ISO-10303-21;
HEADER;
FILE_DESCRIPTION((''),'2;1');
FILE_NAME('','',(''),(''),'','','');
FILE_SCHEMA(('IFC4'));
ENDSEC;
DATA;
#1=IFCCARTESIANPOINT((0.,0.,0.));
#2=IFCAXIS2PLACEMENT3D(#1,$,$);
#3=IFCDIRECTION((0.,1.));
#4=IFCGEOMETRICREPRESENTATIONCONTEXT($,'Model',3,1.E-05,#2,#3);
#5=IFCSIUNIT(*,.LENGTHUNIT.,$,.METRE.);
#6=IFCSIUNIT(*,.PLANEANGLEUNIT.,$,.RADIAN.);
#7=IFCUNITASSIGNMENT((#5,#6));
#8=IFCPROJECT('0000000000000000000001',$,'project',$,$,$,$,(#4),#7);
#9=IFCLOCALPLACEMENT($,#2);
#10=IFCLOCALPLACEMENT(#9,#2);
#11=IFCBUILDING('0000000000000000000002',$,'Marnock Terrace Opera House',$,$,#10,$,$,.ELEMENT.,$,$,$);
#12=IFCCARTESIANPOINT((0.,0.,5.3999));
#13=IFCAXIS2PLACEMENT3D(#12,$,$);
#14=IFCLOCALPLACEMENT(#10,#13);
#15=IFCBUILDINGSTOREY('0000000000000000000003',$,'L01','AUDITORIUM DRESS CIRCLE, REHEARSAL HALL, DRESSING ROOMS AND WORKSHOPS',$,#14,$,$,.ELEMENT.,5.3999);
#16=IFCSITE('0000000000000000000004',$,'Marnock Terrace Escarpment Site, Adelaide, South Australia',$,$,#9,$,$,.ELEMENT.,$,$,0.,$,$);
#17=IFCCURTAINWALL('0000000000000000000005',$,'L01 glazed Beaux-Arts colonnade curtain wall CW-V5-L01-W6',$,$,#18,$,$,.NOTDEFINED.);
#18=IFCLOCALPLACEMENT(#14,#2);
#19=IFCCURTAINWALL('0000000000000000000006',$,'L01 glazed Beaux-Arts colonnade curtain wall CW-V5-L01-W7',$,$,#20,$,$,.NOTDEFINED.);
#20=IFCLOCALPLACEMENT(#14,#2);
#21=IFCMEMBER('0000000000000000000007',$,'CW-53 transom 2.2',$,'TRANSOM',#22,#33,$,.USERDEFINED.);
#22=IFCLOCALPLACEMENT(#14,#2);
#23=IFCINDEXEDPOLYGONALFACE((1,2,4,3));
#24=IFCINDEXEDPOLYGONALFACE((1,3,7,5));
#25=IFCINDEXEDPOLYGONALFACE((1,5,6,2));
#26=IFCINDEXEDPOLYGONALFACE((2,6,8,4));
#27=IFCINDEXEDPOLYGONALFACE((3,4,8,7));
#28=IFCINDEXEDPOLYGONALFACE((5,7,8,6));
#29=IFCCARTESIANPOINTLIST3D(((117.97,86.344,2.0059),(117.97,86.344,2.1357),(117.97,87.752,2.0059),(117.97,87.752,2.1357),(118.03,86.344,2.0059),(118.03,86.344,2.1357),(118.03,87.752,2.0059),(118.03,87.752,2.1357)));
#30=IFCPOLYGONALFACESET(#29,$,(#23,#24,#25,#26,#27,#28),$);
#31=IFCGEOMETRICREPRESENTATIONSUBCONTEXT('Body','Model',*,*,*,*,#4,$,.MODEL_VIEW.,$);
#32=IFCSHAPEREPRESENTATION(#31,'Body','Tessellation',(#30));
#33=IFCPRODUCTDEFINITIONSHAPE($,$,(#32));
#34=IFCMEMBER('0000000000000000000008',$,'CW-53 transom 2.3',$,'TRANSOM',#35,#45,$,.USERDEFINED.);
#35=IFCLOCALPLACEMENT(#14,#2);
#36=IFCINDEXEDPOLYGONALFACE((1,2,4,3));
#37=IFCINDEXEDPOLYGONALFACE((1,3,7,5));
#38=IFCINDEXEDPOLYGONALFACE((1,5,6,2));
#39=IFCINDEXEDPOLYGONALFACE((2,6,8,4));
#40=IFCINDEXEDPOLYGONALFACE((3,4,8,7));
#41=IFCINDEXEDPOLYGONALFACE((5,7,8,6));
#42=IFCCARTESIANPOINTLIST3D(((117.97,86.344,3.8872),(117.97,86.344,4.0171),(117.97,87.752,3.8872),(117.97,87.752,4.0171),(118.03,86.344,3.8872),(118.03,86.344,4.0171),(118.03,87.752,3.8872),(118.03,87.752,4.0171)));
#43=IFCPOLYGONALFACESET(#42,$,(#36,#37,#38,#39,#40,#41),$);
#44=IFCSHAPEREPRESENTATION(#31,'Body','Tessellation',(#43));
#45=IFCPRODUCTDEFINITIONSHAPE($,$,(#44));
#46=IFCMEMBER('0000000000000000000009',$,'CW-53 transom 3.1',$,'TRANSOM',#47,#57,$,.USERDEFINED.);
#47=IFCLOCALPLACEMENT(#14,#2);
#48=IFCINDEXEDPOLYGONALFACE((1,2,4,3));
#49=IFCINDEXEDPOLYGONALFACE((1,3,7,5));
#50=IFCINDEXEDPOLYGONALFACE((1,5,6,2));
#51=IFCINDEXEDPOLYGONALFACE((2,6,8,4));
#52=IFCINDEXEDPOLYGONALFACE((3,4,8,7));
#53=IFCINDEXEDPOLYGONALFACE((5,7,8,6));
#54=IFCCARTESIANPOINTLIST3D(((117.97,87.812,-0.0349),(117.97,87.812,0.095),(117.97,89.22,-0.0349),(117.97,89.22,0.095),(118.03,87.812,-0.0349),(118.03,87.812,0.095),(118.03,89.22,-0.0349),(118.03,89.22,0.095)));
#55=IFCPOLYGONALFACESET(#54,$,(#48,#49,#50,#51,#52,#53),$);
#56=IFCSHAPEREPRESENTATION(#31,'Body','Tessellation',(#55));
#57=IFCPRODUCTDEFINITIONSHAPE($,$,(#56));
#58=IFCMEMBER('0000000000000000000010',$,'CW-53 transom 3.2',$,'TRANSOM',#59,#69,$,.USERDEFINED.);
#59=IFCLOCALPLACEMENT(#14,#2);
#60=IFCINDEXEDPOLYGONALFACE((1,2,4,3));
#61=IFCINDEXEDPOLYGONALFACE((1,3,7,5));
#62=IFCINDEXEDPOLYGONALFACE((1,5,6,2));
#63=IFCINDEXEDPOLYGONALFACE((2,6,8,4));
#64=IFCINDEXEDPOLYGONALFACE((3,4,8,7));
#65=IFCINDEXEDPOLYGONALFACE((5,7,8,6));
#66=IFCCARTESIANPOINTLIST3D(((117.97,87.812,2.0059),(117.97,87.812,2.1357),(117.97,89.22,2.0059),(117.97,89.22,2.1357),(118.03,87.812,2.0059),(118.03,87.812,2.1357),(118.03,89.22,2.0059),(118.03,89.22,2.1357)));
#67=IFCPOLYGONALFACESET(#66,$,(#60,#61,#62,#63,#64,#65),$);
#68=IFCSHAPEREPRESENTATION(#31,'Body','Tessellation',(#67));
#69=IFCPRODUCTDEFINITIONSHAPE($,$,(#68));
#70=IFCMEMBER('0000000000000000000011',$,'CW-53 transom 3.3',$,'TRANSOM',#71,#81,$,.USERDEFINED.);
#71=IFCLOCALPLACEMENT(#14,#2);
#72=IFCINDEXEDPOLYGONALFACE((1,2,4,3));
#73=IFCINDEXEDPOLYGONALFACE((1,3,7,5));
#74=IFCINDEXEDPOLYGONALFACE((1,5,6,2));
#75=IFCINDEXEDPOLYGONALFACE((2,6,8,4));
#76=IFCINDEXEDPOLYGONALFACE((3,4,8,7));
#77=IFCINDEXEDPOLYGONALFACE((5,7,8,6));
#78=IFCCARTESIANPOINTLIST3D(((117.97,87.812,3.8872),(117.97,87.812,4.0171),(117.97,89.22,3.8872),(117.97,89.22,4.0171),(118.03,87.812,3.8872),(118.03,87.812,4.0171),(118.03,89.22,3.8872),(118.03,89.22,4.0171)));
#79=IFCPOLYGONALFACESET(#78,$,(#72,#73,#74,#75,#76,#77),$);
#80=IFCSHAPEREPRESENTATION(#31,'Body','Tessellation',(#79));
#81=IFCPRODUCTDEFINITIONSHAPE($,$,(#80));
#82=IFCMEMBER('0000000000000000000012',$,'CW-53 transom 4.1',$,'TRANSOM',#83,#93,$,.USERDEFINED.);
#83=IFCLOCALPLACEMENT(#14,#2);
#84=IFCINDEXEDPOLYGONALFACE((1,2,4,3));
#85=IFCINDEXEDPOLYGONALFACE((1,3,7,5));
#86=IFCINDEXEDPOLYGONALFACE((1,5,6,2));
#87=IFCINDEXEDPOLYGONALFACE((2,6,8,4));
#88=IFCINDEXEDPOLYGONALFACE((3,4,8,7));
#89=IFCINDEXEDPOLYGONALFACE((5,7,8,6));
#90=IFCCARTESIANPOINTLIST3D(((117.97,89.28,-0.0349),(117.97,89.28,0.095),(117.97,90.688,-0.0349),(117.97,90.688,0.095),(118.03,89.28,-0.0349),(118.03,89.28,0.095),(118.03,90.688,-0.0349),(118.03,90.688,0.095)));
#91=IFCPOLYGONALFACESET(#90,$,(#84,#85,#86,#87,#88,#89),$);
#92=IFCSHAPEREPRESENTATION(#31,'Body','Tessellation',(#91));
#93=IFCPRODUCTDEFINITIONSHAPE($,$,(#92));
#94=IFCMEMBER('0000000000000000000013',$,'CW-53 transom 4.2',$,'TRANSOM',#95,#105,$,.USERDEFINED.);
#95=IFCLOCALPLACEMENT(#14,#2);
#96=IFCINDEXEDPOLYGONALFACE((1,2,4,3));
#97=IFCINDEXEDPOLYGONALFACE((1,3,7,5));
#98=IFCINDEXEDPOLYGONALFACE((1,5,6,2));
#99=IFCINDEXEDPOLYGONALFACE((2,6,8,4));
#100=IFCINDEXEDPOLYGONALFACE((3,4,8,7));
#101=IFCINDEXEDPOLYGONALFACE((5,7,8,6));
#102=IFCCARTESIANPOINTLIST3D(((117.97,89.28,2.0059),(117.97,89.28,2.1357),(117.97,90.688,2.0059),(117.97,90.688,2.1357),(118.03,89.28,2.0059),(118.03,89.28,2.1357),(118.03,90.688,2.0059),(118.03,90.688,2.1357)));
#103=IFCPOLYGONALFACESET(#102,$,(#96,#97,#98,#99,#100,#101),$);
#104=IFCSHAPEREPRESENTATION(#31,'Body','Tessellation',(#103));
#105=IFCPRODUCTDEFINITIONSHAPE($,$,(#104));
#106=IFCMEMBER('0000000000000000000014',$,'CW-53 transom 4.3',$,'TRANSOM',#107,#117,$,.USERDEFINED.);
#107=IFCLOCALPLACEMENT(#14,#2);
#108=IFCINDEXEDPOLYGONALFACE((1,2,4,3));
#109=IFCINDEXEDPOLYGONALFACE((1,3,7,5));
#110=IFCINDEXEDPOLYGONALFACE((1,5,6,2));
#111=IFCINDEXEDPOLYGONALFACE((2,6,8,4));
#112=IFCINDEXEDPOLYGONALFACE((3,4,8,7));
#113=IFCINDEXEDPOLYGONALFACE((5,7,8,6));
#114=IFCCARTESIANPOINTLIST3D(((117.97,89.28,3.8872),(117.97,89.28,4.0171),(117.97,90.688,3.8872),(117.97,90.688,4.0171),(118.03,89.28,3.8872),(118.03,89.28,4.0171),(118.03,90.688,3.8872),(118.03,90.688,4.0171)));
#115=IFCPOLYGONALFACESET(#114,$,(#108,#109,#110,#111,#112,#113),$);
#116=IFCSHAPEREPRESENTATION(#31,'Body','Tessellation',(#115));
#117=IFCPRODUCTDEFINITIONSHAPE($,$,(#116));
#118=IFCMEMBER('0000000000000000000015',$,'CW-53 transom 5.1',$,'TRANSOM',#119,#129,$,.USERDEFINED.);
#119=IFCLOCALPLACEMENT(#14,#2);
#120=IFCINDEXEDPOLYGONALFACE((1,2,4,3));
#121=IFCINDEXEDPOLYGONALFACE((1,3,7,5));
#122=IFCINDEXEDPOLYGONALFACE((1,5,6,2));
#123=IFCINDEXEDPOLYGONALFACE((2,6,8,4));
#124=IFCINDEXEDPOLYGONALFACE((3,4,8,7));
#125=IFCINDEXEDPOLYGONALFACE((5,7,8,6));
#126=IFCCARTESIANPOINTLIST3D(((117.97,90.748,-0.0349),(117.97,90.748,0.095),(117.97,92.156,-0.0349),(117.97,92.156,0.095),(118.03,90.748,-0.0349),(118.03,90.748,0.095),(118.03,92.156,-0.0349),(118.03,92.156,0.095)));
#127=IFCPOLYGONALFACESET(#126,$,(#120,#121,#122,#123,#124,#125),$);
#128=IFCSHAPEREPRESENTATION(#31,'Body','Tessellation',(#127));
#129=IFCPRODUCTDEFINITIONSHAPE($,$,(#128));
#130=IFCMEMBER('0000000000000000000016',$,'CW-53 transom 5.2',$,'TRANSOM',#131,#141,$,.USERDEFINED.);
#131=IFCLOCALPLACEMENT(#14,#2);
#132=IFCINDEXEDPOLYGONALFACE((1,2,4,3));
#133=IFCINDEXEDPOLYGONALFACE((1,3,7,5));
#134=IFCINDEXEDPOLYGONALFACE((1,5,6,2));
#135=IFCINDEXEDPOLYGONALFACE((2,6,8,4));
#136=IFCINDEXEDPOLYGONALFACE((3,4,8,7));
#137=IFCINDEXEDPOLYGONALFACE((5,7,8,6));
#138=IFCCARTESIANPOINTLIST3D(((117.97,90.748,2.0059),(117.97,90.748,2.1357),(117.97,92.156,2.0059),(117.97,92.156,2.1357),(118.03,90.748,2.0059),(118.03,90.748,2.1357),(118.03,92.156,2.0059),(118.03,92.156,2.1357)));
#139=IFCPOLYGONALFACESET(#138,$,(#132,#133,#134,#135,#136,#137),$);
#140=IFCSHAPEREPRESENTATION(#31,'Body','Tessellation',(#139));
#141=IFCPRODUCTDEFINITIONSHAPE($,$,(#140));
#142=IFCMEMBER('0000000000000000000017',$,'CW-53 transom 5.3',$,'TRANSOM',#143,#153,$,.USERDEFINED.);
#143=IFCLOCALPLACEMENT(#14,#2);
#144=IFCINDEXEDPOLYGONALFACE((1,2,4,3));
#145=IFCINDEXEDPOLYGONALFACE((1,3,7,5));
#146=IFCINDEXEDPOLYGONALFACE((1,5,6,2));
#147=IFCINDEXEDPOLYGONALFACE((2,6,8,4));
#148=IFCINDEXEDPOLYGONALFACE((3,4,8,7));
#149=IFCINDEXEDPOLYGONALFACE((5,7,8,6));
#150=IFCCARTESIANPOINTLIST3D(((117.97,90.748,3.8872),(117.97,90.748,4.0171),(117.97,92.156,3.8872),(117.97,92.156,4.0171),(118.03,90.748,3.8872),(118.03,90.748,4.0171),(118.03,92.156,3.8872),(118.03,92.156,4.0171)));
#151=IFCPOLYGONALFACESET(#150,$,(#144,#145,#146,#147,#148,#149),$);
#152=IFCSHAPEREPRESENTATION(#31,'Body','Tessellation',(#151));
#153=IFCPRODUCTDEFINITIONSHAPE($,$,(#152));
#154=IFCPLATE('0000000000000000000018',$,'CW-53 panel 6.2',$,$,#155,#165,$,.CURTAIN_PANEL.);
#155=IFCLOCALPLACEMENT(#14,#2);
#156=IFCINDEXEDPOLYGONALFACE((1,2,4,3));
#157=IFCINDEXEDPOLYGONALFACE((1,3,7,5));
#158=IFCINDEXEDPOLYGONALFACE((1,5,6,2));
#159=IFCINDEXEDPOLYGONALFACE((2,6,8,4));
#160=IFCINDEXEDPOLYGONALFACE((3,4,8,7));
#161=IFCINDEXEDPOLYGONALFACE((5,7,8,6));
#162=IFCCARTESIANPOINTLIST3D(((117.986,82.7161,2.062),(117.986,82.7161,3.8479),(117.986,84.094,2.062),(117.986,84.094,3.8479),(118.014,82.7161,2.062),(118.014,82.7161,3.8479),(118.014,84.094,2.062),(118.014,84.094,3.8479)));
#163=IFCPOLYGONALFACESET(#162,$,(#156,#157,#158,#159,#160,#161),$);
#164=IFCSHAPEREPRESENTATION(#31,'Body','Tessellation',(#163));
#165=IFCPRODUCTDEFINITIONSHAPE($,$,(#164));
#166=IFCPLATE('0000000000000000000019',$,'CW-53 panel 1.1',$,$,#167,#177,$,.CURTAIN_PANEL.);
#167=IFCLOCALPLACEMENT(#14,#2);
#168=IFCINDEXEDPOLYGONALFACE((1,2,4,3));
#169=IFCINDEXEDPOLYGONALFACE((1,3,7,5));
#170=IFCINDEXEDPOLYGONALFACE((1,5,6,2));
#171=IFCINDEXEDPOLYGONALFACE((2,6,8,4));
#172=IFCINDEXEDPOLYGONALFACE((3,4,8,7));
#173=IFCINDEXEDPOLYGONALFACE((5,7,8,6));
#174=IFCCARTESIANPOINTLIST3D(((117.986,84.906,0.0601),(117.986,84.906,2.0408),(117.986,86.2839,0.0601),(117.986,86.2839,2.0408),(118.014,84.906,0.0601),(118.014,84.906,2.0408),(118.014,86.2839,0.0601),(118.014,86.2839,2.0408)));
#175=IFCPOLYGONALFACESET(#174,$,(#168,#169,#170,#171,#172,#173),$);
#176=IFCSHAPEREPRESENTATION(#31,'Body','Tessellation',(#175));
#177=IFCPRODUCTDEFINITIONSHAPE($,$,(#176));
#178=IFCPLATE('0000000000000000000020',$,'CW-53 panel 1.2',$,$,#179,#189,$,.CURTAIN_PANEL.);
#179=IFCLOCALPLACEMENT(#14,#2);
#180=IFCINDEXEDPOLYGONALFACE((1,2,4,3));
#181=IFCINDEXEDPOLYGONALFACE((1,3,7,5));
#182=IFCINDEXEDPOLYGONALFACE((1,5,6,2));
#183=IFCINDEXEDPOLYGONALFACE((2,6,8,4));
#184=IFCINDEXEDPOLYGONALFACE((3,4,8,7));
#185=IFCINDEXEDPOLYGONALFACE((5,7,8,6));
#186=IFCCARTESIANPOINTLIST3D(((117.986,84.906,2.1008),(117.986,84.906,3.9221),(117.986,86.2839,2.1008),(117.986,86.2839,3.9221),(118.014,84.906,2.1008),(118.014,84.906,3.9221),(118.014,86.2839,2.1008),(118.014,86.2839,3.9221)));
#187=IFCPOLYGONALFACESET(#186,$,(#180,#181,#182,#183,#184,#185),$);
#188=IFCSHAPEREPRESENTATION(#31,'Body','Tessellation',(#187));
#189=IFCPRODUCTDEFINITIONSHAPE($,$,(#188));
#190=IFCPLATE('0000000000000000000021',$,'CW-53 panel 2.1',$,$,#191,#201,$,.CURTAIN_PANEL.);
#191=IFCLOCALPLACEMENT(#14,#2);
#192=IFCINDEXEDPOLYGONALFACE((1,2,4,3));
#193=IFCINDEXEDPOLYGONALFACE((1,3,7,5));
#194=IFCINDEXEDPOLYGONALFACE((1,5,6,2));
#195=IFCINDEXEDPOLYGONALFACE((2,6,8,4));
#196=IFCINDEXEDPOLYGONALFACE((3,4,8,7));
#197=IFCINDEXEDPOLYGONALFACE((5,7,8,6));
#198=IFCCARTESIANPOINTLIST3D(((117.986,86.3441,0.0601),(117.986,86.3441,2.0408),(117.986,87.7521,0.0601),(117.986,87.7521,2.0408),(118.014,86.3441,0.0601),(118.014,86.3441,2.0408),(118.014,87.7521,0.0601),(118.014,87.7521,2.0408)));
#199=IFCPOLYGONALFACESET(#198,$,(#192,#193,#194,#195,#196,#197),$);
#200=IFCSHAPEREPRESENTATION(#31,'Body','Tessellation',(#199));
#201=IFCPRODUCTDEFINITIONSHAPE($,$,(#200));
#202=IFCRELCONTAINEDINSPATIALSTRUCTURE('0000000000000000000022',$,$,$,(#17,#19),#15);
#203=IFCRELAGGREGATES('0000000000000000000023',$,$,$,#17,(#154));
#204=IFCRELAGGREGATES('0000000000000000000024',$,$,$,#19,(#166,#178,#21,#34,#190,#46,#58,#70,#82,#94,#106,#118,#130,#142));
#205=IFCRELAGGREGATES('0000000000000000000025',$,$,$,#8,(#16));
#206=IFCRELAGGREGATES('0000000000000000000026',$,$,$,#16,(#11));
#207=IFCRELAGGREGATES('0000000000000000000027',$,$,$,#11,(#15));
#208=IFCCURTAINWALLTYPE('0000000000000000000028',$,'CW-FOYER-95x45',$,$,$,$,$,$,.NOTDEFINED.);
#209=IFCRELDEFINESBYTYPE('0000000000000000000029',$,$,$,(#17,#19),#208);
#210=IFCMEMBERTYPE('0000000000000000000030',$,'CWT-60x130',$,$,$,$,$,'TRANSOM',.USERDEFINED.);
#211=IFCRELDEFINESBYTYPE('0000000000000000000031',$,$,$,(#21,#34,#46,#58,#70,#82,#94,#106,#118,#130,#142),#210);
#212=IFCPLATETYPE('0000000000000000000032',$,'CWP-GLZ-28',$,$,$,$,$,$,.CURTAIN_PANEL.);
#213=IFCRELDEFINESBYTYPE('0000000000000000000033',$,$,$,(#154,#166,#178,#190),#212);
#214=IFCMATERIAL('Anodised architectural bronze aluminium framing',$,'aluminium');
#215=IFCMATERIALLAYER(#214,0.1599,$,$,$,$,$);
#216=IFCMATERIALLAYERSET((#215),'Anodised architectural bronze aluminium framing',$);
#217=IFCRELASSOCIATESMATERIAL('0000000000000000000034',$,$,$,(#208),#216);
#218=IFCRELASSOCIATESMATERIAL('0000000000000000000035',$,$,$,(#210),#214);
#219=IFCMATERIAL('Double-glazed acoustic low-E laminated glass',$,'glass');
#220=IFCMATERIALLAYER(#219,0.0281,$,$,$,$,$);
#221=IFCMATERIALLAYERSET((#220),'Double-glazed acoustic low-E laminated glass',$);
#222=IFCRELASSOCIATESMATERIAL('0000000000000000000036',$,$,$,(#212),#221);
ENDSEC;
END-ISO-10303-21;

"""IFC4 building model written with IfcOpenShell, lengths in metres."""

from ifc_helpers import new_model, si_unit, direction, frame, origin, origin_2d, place, context, subcontext, project, spatial, rectangle, extrude, material, layer, layer_set, material_profile, profile_set, type_object, element, aggregate, save


model = new_model("IFC4")

# Units and contexts
model_context = context("Model", 3, precision=1e-05, world=origin(), true_north=direction((0.0, 1.0)))
body_context = subcontext(model_context, "Body", "Model", "MODEL_VIEW")
ifc_project = project(units=[si_unit("LENGTHUNIT", "METRE"), si_unit("PLANEANGLEUNIT", "RADIAN")], contexts=[model_context])

# Site, building, storey
site_placement = place(None, origin())
site = spatial("IfcSite", under=ifc_project, at=site_placement, Name="Marnock Terrace Escarpment Site, Adelaide, South Australia", CompositionType="ELEMENT", RefElevation=0.0)
building_placement = place(site_placement, origin())
building = spatial("IfcBuilding", under=site, at=building_placement, Name="Marnock Terrace Opera House", CompositionType="ELEMENT")
storey_placement = place(building_placement, frame((0.0, 0.0, 5.3999)))
storey = spatial("IfcBuildingStorey", under=building, at=storey_placement, Name="L01", Description="AUDITORIUM DRESS CIRCLE, REHEARSAL HALL, DRESSING ROOMS AND WORKSHOPS", CompositionType="ELEMENT", Elevation=5.3999)

# Curtain wall
ifc_material_1 = material(Name="Anodised architectural bronze aluminium framing", Category="aluminium")
ifc_layer_1 = layer(ifc_material_1, 0.1599)
ifc_layer_set_1 = layer_set([ifc_layer_1], Name="Anodised architectural bronze aluminium framing")
curtain_wall_type_1 = type_object("IfcCurtainWallType", Name="CW-FOYER-95x45", PredefinedType="NOTDEFINED", material=ifc_layer_set_1)
curtain_wall_1_placement = place(storey_placement, origin())
curtain_wall_1 = element("IfcCurtainWall", 1, at=curtain_wall_1_placement, inside=storey, type_object=curtain_wall_type_1, Name="L01 glazed Beaux-Arts colonnade curtain wall CW-V5-L01-W6", PredefinedType="NOTDEFINED")

# Curtain wall, members
curtain_wall_2_placement = place(storey_placement, origin())
curtain_wall_2 = element("IfcCurtainWall", 2, at=curtain_wall_2_placement, inside=storey, type_object=curtain_wall_type_1, Name="L01 glazed Beaux-Arts colonnade curtain wall CW-V5-L01-W7", PredefinedType="NOTDEFINED")
ifc_material_profile_1 = material_profile(ifc_material_1, rectangle(XDim=0.0601, YDim=0.1299, at=origin_2d()))
ifc_profile_set_1 = profile_set([ifc_material_profile_1], Name="Anodised architectural bronze aluminium framing")
member_type_1 = type_object("IfcMemberType", Name="CWT-60x130", ElementType="TRANSOM", PredefinedType="USERDEFINED", material=ifc_profile_set_1)
member_1_placement = place(storey_placement, frame((118.0, 86.344, 2.0708), z_axis=(0.0, 1.0, 0.0), x_axis=(-1.0, 0.0, 0.0)))
member_1 = element("IfcMember", 3, at=member_1_placement, type_object=member_type_1, Name="CW-53 transom 2.2", ObjectType="TRANSOM", PredefinedType="USERDEFINED", context=body_context, shape_type="SweptSolid", body=[
    extrude(rectangle(XDim=0.0601, YDim=0.1299, at=origin_2d()), origin(), (0.0, 0.0, 1.0), 1.408),
])
member_2_placement = place(storey_placement, frame((118.0, 86.344, 3.9521), z_axis=(0.0, 1.0, 0.0), x_axis=(-1.0, 0.0, 0.0)))
member_2 = element("IfcMember", 4, at=member_2_placement, type_object=member_type_1, Name="CW-53 transom 2.3", ObjectType="TRANSOM", PredefinedType="USERDEFINED", context=body_context, shape_type="SweptSolid", body=[
    extrude(rectangle(XDim=0.0601, YDim=0.1299, at=origin_2d()), origin(), (0.0, 0.0, 1.0), 1.408),
])
member_3_placement = place(storey_placement, frame((118.0, 87.812, 0.03), z_axis=(0.0, 1.0, 0.0), x_axis=(-1.0, 0.0, 0.0)))
member_3 = element("IfcMember", 5, at=member_3_placement, type_object=member_type_1, Name="CW-53 transom 3.1", ObjectType="TRANSOM", PredefinedType="USERDEFINED", context=body_context, shape_type="SweptSolid", body=[
    extrude(rectangle(XDim=0.0601, YDim=0.1299, at=origin_2d()), origin(), (0.0, 0.0, 1.0), 1.408),
])
member_4_placement = place(storey_placement, frame((118.0, 87.812, 2.0708), z_axis=(0.0, 1.0, 0.0), x_axis=(-1.0, 0.0, 0.0)))
member_4 = element("IfcMember", 6, at=member_4_placement, type_object=member_type_1, Name="CW-53 transom 3.2", ObjectType="TRANSOM", PredefinedType="USERDEFINED", context=body_context, shape_type="SweptSolid", body=[
    extrude(rectangle(XDim=0.0601, YDim=0.1299, at=origin_2d()), origin(), (0.0, 0.0, 1.0), 1.408),
])
member_5_placement = place(storey_placement, frame((118.0, 87.812, 3.9521), z_axis=(0.0, 1.0, 0.0), x_axis=(-1.0, 0.0, 0.0)))
member_5 = element("IfcMember", 7, at=member_5_placement, type_object=member_type_1, Name="CW-53 transom 3.3", ObjectType="TRANSOM", PredefinedType="USERDEFINED", context=body_context, shape_type="SweptSolid", body=[
    extrude(rectangle(XDim=0.0601, YDim=0.1299, at=origin_2d()), origin(), (0.0, 0.0, 1.0), 1.408),
])
member_6_placement = place(storey_placement, frame((118.0, 89.28, 0.03), z_axis=(0.0, 1.0, 0.0), x_axis=(-1.0, 0.0, 0.0)))
member_6 = element("IfcMember", 8, at=member_6_placement, type_object=member_type_1, Name="CW-53 transom 4.1", ObjectType="TRANSOM", PredefinedType="USERDEFINED", context=body_context, shape_type="SweptSolid", body=[
    extrude(rectangle(XDim=0.0601, YDim=0.1299, at=origin_2d()), origin(), (0.0, 0.0, 1.0), 1.408),
])
member_7_placement = place(storey_placement, frame((118.0, 89.28, 2.0708), z_axis=(0.0, 1.0, 0.0), x_axis=(-1.0, 0.0, 0.0)))
member_7 = element("IfcMember", 9, at=member_7_placement, type_object=member_type_1, Name="CW-53 transom 4.2", ObjectType="TRANSOM", PredefinedType="USERDEFINED", context=body_context, shape_type="SweptSolid", body=[
    extrude(rectangle(XDim=0.0601, YDim=0.1299, at=origin_2d()), origin(), (0.0, 0.0, 1.0), 1.408),
])
member_8_placement = place(storey_placement, frame((118.0, 89.28, 3.9521), z_axis=(0.0, 1.0, 0.0), x_axis=(-1.0, 0.0, 0.0)))
member_8 = element("IfcMember", 10, at=member_8_placement, type_object=member_type_1, Name="CW-53 transom 4.3", ObjectType="TRANSOM", PredefinedType="USERDEFINED", context=body_context, shape_type="SweptSolid", body=[
    extrude(rectangle(XDim=0.0601, YDim=0.1299, at=origin_2d()), origin(), (0.0, 0.0, 1.0), 1.408),
])
member_9_placement = place(storey_placement, frame((118.0, 90.748, 0.03), z_axis=(0.0, 1.0, 0.0), x_axis=(-1.0, 0.0, 0.0)))
member_9 = element("IfcMember", 11, at=member_9_placement, type_object=member_type_1, Name="CW-53 transom 5.1", ObjectType="TRANSOM", PredefinedType="USERDEFINED", context=body_context, shape_type="SweptSolid", body=[
    extrude(rectangle(XDim=0.0601, YDim=0.1299, at=origin_2d()), origin(), (0.0, 0.0, 1.0), 1.408),
])
member_10_placement = place(storey_placement, frame((118.0, 90.748, 2.0708), z_axis=(0.0, 1.0, 0.0), x_axis=(-1.0, 0.0, 0.0)))
member_10 = element("IfcMember", 12, at=member_10_placement, type_object=member_type_1, Name="CW-53 transom 5.2", ObjectType="TRANSOM", PredefinedType="USERDEFINED", context=body_context, shape_type="SweptSolid", body=[
    extrude(rectangle(XDim=0.0601, YDim=0.1299, at=origin_2d()), origin(), (0.0, 0.0, 1.0), 1.408),
])
member_11_placement = place(storey_placement, frame((118.0, 90.748, 3.9521), z_axis=(0.0, 1.0, 0.0), x_axis=(-1.0, 0.0, 0.0)))
member_11 = element("IfcMember", 13, at=member_11_placement, type_object=member_type_1, Name="CW-53 transom 5.3", ObjectType="TRANSOM", PredefinedType="USERDEFINED", context=body_context, shape_type="SweptSolid", body=[
    extrude(rectangle(XDim=0.0601, YDim=0.1299, at=origin_2d()), origin(), (0.0, 0.0, 1.0), 1.408),
])

# Plates
ifc_material_2 = material(Name="Double-glazed acoustic low-E laminated glass", Category="glass")
ifc_layer_2 = layer(ifc_material_2, 0.0281)
ifc_layer_set_2 = layer_set([ifc_layer_2], Name="Double-glazed acoustic low-E laminated glass")
plate_type = type_object("IfcPlateType", Name="CWP-GLZ-28", PredefinedType="CURTAIN_PANEL", material=ifc_layer_set_2)
plate_1_placement = place(storey_placement, frame((118.0, 83.405, 2.062), z_axis=(0.0, 0.0, 1.0), x_axis=(0.0, 1.0, 0.0)))
plate_1 = element("IfcPlate", 14, at=plate_1_placement, type_object=plate_type, Name="CW-53 panel 6.2", PredefinedType="CURTAIN_PANEL", context=body_context, shape_type="SweptSolid", body=[
    extrude(rectangle(XDim=1.3779, YDim=0.0281, at=origin_2d()), origin(), (0.0, 0.0, 1.0), 1.7859),
])
aggregate(curtain_wall_1, [plate_1])
plate_2_placement = place(storey_placement, frame((118.0, 85.595, 0.0601), z_axis=(0.0, 0.0, 1.0), x_axis=(0.0, 1.0, 0.0)))
plate_2 = element("IfcPlate", 15, at=plate_2_placement, type_object=plate_type, Name="CW-53 panel 1.1", PredefinedType="CURTAIN_PANEL", context=body_context, shape_type="SweptSolid", body=[
    extrude(rectangle(XDim=1.3779, YDim=0.0281, at=origin_2d()), origin(), (0.0, 0.0, 1.0), 1.9807),
])
plate_3_placement = place(storey_placement, frame((118.0, 85.595, 2.1008), z_axis=(0.0, 0.0, 1.0), x_axis=(0.0, 1.0, 0.0)))
plate_3 = element("IfcPlate", 16, at=plate_3_placement, type_object=plate_type, Name="CW-53 panel 1.2", PredefinedType="CURTAIN_PANEL", context=body_context, shape_type="SweptSolid", body=[
    extrude(rectangle(XDim=1.3779, YDim=0.0281, at=origin_2d()), origin(), (0.0, 0.0, 1.0), 1.8213),
])
plate_4_placement = place(storey_placement, frame((118.0, 87.0481, 0.0601), z_axis=(0.0, 0.0, 1.0), x_axis=(0.0, 1.0, 0.0)))
plate_4 = element("IfcPlate", 17, at=plate_4_placement, type_object=plate_type, Name="CW-53 panel 2.1", PredefinedType="CURTAIN_PANEL", context=body_context, shape_type="SweptSolid", body=[
    extrude(rectangle(XDim=1.408, YDim=0.0281, at=origin_2d()), origin(), (0.0, 0.0, 1.0), 1.9807),
])
aggregate(curtain_wall_2, [plate_2, plate_3, member_1, member_2, plate_4, member_3, member_4, member_5, member_6, member_7, member_8, member_9, member_10, member_11])

save(model, "model.ifc")
